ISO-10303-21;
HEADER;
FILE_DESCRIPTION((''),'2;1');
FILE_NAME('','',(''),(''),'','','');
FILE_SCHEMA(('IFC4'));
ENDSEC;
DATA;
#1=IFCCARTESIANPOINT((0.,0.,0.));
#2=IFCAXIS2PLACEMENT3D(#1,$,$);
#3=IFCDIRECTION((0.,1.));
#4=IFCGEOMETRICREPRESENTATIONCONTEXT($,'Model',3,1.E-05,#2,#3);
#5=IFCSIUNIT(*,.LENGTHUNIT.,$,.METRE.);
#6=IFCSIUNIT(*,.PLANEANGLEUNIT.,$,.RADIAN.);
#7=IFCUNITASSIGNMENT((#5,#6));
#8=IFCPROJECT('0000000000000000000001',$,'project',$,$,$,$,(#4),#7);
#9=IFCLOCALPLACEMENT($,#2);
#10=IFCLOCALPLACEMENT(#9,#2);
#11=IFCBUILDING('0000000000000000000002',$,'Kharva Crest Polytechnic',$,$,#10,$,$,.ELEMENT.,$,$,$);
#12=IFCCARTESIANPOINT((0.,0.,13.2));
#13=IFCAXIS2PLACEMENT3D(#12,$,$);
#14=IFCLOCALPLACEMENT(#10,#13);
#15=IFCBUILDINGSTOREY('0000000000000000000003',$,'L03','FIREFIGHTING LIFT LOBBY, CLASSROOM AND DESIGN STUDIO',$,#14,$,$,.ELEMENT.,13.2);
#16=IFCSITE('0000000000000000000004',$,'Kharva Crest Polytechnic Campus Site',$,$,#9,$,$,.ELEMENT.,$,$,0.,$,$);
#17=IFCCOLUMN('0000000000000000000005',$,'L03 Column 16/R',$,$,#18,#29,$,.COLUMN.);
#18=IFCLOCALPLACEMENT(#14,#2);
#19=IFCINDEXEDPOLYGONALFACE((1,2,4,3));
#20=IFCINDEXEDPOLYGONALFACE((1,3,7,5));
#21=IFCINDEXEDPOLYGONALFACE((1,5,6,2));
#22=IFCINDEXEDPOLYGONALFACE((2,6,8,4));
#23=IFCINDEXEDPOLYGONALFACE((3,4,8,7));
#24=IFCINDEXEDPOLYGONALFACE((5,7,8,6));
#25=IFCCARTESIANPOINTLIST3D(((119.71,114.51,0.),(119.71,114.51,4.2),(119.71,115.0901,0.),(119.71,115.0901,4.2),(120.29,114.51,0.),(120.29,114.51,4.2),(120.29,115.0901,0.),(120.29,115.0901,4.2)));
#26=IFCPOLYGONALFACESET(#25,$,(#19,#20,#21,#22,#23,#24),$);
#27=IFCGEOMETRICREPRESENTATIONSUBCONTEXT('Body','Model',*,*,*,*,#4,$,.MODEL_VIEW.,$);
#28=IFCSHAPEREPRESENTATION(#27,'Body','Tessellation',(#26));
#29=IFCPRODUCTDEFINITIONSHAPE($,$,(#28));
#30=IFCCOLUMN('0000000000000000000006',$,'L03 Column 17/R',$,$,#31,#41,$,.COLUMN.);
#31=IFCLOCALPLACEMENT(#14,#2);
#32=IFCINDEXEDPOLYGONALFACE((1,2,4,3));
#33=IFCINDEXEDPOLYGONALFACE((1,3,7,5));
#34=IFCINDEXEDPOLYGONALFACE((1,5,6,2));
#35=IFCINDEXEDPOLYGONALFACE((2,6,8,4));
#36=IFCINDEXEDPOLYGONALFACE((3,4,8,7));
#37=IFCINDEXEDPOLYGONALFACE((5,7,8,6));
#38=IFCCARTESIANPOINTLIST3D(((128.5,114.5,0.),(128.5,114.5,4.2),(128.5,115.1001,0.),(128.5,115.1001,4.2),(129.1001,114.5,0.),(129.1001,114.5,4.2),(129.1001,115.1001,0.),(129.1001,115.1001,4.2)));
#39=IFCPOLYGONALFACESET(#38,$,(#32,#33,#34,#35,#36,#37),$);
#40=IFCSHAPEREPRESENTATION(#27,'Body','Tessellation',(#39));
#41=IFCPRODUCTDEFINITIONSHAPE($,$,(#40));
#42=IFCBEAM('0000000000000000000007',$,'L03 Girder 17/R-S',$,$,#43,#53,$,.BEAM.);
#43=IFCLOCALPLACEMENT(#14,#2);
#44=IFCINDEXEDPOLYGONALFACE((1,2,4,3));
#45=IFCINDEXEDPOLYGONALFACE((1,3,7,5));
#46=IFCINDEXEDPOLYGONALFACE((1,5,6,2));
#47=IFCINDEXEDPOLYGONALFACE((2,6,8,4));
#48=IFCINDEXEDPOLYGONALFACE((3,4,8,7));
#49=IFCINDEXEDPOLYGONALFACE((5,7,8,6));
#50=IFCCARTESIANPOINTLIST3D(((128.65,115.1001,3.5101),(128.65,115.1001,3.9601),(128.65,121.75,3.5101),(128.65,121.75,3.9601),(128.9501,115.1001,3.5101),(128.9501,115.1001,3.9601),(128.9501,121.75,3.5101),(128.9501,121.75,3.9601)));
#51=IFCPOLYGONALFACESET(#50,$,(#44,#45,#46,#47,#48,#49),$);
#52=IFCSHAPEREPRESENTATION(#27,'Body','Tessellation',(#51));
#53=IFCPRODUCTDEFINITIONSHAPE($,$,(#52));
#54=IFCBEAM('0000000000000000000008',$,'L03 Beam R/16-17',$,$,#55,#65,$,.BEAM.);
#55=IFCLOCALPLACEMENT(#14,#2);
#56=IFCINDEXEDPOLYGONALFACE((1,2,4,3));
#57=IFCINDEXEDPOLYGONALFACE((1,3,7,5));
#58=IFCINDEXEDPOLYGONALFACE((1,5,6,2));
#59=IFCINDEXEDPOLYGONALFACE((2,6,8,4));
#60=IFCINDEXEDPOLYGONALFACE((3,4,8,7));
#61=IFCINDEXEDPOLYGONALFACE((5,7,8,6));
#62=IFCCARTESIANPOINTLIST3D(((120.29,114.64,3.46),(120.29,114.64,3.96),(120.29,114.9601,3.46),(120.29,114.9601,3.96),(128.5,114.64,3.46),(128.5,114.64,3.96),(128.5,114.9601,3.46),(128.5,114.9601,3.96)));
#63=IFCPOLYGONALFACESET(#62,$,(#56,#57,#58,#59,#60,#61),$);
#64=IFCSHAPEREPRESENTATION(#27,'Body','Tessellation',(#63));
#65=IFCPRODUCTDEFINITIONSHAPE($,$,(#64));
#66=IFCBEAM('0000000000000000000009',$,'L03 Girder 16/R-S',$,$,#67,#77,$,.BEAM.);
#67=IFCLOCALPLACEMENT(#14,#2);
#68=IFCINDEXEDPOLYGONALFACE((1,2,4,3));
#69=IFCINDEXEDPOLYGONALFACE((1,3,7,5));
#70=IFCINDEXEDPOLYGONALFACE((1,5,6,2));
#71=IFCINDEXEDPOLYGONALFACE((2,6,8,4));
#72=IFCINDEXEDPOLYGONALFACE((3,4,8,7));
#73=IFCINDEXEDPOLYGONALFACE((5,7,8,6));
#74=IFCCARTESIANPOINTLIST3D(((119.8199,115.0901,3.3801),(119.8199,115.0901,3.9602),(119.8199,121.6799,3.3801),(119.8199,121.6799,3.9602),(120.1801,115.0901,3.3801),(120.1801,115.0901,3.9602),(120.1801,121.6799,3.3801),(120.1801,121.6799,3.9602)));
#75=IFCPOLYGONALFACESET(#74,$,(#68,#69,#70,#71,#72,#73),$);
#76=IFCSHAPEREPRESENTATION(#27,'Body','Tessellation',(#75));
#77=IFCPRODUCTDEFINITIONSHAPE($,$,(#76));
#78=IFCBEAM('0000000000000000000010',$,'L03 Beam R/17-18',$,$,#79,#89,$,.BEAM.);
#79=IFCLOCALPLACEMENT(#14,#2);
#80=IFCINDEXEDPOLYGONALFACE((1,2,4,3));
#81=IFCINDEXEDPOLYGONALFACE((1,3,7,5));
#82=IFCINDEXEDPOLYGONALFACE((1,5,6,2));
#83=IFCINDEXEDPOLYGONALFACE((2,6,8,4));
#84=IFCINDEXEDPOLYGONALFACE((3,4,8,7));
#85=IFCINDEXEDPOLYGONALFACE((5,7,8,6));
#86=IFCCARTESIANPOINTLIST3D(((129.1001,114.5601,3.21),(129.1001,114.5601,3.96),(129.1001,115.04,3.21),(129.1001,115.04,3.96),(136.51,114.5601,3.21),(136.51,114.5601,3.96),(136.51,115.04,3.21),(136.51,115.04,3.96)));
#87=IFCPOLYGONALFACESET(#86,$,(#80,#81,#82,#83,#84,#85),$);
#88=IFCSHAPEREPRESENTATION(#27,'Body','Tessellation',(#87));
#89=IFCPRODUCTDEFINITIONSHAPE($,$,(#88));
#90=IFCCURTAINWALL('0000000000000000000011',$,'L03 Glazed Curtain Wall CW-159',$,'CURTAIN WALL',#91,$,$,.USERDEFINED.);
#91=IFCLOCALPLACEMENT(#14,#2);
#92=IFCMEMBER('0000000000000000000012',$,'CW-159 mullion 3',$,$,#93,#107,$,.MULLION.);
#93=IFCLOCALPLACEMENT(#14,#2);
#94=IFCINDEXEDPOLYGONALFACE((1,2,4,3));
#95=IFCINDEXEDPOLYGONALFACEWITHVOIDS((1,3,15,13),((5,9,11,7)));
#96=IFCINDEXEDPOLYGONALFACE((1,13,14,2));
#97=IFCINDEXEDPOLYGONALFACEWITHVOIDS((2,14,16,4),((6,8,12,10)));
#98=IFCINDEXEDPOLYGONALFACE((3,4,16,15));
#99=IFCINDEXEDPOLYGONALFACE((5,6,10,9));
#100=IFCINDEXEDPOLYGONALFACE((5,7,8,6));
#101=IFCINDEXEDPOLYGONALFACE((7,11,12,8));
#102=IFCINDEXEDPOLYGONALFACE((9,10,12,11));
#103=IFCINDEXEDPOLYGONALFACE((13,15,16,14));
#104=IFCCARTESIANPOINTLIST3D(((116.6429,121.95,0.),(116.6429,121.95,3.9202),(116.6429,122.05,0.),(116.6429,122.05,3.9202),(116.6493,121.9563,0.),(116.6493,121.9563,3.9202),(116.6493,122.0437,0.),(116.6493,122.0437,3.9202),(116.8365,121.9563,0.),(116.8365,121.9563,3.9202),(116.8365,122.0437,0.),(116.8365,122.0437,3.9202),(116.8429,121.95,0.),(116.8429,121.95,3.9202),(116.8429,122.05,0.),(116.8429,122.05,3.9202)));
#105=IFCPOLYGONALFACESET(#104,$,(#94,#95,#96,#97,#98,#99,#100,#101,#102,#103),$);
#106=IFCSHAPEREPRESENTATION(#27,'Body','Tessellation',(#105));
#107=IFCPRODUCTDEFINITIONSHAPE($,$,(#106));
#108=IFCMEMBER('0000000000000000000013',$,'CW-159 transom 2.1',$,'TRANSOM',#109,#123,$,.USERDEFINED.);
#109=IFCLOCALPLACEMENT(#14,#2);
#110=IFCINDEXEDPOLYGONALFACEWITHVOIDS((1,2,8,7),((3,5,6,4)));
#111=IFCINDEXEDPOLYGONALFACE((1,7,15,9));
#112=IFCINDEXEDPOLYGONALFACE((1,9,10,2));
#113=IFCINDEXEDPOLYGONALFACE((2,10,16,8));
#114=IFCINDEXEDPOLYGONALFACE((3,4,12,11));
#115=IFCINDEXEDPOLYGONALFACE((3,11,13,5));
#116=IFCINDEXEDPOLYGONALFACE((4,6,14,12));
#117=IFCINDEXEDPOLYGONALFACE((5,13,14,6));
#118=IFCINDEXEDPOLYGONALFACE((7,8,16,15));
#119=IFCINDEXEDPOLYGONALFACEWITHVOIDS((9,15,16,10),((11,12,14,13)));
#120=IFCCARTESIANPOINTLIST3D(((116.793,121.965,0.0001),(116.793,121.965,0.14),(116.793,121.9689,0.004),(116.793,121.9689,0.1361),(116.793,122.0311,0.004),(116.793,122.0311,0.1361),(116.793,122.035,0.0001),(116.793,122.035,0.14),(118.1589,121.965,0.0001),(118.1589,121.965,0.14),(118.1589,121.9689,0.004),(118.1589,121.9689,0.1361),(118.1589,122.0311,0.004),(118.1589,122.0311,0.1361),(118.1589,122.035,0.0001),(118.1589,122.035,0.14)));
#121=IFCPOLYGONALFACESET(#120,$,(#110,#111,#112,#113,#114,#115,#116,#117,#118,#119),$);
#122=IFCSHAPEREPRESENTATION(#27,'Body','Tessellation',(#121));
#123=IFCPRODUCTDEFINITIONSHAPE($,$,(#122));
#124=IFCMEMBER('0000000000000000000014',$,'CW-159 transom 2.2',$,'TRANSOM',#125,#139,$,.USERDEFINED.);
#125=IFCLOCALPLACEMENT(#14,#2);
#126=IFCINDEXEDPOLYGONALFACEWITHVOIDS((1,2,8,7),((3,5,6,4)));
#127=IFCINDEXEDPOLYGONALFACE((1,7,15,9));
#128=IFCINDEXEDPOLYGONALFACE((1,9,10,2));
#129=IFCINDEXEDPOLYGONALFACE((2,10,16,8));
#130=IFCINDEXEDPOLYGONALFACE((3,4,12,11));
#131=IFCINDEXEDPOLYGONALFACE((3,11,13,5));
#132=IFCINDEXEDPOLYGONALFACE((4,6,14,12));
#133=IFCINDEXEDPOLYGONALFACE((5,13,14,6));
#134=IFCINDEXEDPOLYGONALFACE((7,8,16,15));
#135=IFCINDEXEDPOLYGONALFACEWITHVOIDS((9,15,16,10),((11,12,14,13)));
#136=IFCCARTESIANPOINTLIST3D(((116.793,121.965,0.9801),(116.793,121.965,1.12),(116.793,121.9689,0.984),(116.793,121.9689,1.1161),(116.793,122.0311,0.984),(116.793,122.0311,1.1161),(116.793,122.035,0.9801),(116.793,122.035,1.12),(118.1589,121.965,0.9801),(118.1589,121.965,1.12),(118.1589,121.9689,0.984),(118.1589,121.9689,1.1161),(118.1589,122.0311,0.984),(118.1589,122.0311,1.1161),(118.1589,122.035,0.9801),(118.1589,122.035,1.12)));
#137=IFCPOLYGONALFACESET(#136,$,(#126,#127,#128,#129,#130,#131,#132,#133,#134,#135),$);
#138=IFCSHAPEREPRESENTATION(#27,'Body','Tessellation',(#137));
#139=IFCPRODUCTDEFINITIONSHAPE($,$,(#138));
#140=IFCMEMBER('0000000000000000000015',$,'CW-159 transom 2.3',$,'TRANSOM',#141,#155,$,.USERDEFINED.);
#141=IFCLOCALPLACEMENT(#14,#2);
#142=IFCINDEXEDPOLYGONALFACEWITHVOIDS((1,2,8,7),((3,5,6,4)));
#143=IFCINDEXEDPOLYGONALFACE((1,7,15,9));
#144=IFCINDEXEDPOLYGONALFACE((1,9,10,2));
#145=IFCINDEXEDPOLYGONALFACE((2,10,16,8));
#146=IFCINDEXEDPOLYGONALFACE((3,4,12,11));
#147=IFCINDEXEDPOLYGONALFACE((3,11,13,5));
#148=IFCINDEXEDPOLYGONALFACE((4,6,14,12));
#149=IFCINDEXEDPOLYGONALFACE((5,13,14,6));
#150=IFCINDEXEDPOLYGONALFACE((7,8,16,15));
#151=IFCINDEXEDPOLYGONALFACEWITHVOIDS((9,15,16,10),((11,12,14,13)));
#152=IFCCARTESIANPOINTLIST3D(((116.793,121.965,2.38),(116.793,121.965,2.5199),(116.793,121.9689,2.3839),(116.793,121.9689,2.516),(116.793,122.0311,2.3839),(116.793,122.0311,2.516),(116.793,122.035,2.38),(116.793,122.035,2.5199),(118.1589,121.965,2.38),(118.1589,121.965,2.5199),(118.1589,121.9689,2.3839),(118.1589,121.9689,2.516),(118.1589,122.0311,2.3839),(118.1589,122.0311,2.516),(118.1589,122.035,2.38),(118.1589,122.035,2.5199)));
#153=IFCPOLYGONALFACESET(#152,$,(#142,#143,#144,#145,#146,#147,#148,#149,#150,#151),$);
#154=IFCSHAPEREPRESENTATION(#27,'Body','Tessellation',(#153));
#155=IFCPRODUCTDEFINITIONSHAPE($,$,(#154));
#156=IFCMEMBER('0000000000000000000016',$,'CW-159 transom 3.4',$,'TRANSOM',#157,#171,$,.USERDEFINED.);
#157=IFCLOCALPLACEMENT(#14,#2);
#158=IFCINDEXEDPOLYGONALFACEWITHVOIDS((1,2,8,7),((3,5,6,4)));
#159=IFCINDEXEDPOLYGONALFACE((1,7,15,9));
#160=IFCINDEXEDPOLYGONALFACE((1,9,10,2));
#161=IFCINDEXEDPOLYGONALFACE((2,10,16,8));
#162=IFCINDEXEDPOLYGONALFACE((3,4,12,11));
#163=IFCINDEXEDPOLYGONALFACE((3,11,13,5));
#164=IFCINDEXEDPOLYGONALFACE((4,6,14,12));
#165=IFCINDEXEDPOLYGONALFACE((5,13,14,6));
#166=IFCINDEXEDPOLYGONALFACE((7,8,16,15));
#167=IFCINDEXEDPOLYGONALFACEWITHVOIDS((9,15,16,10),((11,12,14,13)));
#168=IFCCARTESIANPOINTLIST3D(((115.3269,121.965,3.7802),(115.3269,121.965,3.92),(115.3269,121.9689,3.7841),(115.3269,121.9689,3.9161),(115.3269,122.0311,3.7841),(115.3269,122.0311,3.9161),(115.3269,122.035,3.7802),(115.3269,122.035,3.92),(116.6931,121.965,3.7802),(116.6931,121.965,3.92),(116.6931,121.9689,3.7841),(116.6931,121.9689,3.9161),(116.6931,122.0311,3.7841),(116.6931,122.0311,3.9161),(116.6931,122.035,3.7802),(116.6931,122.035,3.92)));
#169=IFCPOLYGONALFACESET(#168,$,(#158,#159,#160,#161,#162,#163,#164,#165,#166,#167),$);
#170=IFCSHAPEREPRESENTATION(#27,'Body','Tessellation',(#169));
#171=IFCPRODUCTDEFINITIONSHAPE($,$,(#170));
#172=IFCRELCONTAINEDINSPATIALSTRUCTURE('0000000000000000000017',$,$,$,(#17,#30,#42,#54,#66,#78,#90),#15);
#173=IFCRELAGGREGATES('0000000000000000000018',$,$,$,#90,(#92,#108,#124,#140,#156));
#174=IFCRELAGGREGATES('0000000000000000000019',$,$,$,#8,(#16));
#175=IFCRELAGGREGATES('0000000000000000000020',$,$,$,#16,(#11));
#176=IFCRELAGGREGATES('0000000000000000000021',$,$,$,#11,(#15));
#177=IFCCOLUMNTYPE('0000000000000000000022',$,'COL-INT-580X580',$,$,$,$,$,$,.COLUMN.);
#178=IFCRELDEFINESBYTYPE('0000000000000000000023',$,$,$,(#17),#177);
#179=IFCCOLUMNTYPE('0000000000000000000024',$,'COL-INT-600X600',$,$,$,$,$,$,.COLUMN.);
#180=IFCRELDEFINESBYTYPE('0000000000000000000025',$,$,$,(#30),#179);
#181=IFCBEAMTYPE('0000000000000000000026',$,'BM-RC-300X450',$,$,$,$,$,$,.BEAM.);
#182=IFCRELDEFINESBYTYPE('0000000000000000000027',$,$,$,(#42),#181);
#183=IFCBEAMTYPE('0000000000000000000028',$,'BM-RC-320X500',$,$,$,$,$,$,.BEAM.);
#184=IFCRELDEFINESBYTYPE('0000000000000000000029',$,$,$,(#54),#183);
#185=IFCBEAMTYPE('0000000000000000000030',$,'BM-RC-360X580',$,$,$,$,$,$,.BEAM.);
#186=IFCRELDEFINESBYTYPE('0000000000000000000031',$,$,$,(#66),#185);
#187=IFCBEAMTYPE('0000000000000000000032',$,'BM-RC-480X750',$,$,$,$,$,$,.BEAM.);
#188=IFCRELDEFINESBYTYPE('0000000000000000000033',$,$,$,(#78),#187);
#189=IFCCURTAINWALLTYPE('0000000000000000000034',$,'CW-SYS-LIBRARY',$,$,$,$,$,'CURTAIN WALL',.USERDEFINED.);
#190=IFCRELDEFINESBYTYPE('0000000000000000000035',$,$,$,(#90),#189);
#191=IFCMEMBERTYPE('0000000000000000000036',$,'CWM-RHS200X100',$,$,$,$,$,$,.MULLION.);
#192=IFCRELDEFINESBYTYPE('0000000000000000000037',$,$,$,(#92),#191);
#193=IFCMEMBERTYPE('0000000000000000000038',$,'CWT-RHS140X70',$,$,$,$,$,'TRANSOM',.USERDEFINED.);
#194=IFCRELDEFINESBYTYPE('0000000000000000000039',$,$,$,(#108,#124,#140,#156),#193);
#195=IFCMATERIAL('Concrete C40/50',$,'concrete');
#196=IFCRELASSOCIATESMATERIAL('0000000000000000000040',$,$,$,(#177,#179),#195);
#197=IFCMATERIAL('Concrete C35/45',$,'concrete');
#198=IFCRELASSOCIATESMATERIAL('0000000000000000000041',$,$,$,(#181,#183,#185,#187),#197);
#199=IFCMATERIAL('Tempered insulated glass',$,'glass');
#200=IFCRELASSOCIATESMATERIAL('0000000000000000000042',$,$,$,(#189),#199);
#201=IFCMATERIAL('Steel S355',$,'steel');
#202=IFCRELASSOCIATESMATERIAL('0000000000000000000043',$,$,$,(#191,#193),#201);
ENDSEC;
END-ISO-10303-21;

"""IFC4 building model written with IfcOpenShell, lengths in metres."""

from ifc_helpers import new_model, si_unit, direction, frame, origin, origin_2d, place, context, subcontext, project, spatial, rectangle, hollow_rectangle, extrude, material, material_profile, profile_set, type_object, element, aggregate, save


model = new_model("IFC4")

# Units and contexts
model_context = context("Model", 3, precision=1e-05, world=origin(), true_north=direction((0.0, 1.0)))
body_context = subcontext(model_context, "Body", "Model", "MODEL_VIEW")
ifc_project = project(units=[si_unit("LENGTHUNIT", "METRE"), si_unit("PLANEANGLEUNIT", "RADIAN")], contexts=[model_context])

# Site, building, storey
site_placement = place(None, origin())
site = spatial("IfcSite", under=ifc_project, at=site_placement, Name="Kharva Crest Polytechnic Campus Site", CompositionType="ELEMENT", RefElevation=0.0)
building_placement = place(site_placement, origin())
building = spatial("IfcBuilding", under=site, at=building_placement, Name="Kharva Crest Polytechnic", CompositionType="ELEMENT")
storey_placement = place(building_placement, frame((0.0, 0.0, 13.2)))
storey = spatial("IfcBuildingStorey", under=building, at=storey_placement, Name="L03", Description="FIREFIGHTING LIFT LOBBY, CLASSROOM AND DESIGN STUDIO", CompositionType="ELEMENT", Elevation=13.2)

# Columns
ifc_material_1 = material(Name="Concrete C40/50", Category="concrete")
ifc_material_profile_1 = material_profile(ifc_material_1, rectangle(XDim=0.5801, YDim=0.5801, at=origin_2d()), Name="RECT 580 X 580")
ifc_profile_set_1 = profile_set([ifc_material_profile_1], Name="Concrete C40/50")
column_type_1 = type_object("IfcColumnType", Name="COL-INT-580X580", PredefinedType="COLUMN", material=ifc_profile_set_1)
column_1_placement = place(storey_placement, frame((120.0, 114.8, 0.0), z_axis=(0.0, 0.0, 1.0), x_axis=(1.0, 0.0, 0.0)))
element("IfcColumn", 1, at=column_1_placement, inside=storey, type_object=column_type_1, Name="L03 Column 16/R", PredefinedType="COLUMN", context=body_context, shape_type="SweptSolid", body=[
    extrude(rectangle(XDim=0.5801, YDim=0.5801, at=origin_2d()), origin(), (0.0, 0.0, 1.0), 4.2),
])
ifc_material_profile_2 = material_profile(ifc_material_1, rectangle(XDim=0.6001, YDim=0.6001, at=origin_2d()), Name="RECT 600 X 600")
ifc_profile_set_2 = profile_set([ifc_material_profile_2], Name="Concrete C40/50")
column_type_2 = type_object("IfcColumnType", Name="COL-INT-600X600", PredefinedType="COLUMN", material=ifc_profile_set_2)
column_2_placement = place(storey_placement, frame((128.8, 114.8, 0.0), z_axis=(0.0, 0.0, 1.0), x_axis=(1.0, 0.0, 0.0)))
element("IfcColumn", 2, at=column_2_placement, inside=storey, type_object=column_type_2, Name="L03 Column 17/R", PredefinedType="COLUMN", context=body_context, shape_type="SweptSolid", body=[
    extrude(rectangle(XDim=0.6001, YDim=0.6001, at=origin_2d()), origin(), (0.0, 0.0, 1.0), 4.2),
])

# Beams
ifc_material_2 = material(Name="Concrete C35/45", Category="concrete")
ifc_material_profile_3 = material_profile(ifc_material_2, rectangle(XDim=0.3, YDim=0.45, at=origin_2d()), Name="RECT 300 X 450")
ifc_profile_set_3 = profile_set([ifc_material_profile_3], Name="Concrete C35/45")
beam_type_1 = type_object("IfcBeamType", Name="BM-RC-300X450", PredefinedType="BEAM", material=ifc_profile_set_3)
beam_1_placement = place(storey_placement, frame((128.8, 115.1001, 3.7351), z_axis=(0.0, 1.0, 0.0), x_axis=(-1.0, 0.0, 0.0)))
element("IfcBeam", 3, at=beam_1_placement, inside=storey, type_object=beam_type_1, Name="L03 Girder 17/R-S", PredefinedType="BEAM", context=body_context, shape_type="SweptSolid", body=[
    extrude(rectangle(XDim=0.3, YDim=0.45, at=origin_2d()), origin(), (0.0, 0.0, 1.0), 6.6499),
])
ifc_material_profile_4 = material_profile(ifc_material_2, rectangle(XDim=0.3201, YDim=0.5, at=origin_2d()), Name="RECT 320 X 500")
ifc_profile_set_4 = profile_set([ifc_material_profile_4], Name="Concrete C35/45")
beam_type_2 = type_object("IfcBeamType", Name="BM-RC-320X500", PredefinedType="BEAM", material=ifc_profile_set_4)
beam_2_placement = place(storey_placement, frame((120.29, 114.8, 3.71), z_axis=(1.0, 0.0, 0.0), x_axis=(0.0, 1.0, 0.0)))
element("IfcBeam", 4, at=beam_2_placement, inside=storey, type_object=beam_type_2, Name="L03 Beam R/16-17", PredefinedType="BEAM", context=body_context, shape_type="SweptSolid", body=[
    extrude(rectangle(XDim=0.3201, YDim=0.5, at=origin_2d()), origin(), (0.0, 0.0, 1.0), 8.21),
])
ifc_material_profile_5 = material_profile(ifc_material_2, rectangle(XDim=0.3601, YDim=0.5801, at=origin_2d()), Name="RECT 360 X 580")
ifc_profile_set_5 = profile_set([ifc_material_profile_5], Name="Concrete C35/45")
beam_type_3 = type_object("IfcBeamType", Name="BM-RC-360X580", PredefinedType="BEAM", material=ifc_profile_set_5)
beam_3_placement = place(storey_placement, frame((120.0, 115.0901, 3.6702), z_axis=(0.0, 1.0, 0.0), x_axis=(-1.0, 0.0, 0.0)))
element("IfcBeam", 5, at=beam_3_placement, inside=storey, type_object=beam_type_3, Name="L03 Girder 16/R-S", PredefinedType="BEAM", context=body_context, shape_type="SweptSolid", body=[
    extrude(rectangle(XDim=0.3601, YDim=0.5801, at=origin_2d()), origin(), (0.0, 0.0, 1.0), 6.5898),
])
ifc_material_profile_6 = material_profile(ifc_material_2, rectangle(XDim=0.48, YDim=0.75, at=origin_2d()), Name="RECT 480 X 750")
ifc_profile_set_6 = profile_set([ifc_material_profile_6], Name="Concrete C35/45")
beam_type_4 = type_object("IfcBeamType", Name="BM-RC-480X750", PredefinedType="BEAM", material=ifc_profile_set_6)
beam_4_placement = place(storey_placement, frame((129.1001, 114.8, 3.585), z_axis=(1.0, 0.0, 0.0), x_axis=(0.0, 1.0, 0.0)))
element("IfcBeam", 6, at=beam_4_placement, inside=storey, type_object=beam_type_4, Name="L03 Beam R/17-18", PredefinedType="BEAM", context=body_context, shape_type="SweptSolid", body=[
    extrude(rectangle(XDim=0.48, YDim=0.75, at=origin_2d()), origin(), (0.0, 0.0, 1.0), 7.4099),
])

# Curtain wall, members
ifc_material_3 = material(Name="Tempered insulated glass", Category="glass")
curtain_wall_type = type_object("IfcCurtainWallType", Name="CW-SYS-LIBRARY", ElementType="CURTAIN WALL", PredefinedType="USERDEFINED", material=ifc_material_3)
curtain_wall_placement = place(storey_placement, origin())
curtain_wall = element("IfcCurtainWall", 7, at=curtain_wall_placement, inside=storey, type_object=curtain_wall_type, Name="L03 Glazed Curtain Wall CW-159", ObjectType="CURTAIN WALL", PredefinedType="USERDEFINED")
ifc_material_4 = material(Name="Steel S355", Category="steel")
ifc_material_profile_7 = material_profile(ifc_material_4, hollow_rectangle(XDim=0.1001, YDim=0.2, WallThickness=0.0063, at=origin_2d()), Name="RHS 200X100X6.3")
ifc_profile_set_7 = profile_set([ifc_material_profile_7], Name="Steel S355")
member_type_1 = type_object("IfcMemberType", Name="CWM-RHS200X100", PredefinedType="MULLION", material=ifc_profile_set_7)
member_1_placement = place(storey_placement, frame((116.7429, 122.0, 0.0), z_axis=(0.0, 0.0, 1.0), x_axis=(0.0, -1.0, 0.0)))
member_1 = element("IfcMember", 8, at=member_1_placement, type_object=member_type_1, Name="CW-159 mullion 3", PredefinedType="MULLION", context=body_context, shape_type="SweptSolid", body=[
    extrude(hollow_rectangle(XDim=0.1001, YDim=0.2, WallThickness=0.0063, at=origin_2d()), origin(), (0.0, 0.0, 1.0), 3.9202),
])
ifc_material_profile_8 = material_profile(ifc_material_4, hollow_rectangle(XDim=0.0701, YDim=0.1399, WallThickness=0.0039, at=origin_2d()), Name="RHS 140X70X4.0")
ifc_profile_set_8 = profile_set([ifc_material_profile_8], Name="Steel S355")
member_type_2 = type_object("IfcMemberType", Name="CWT-RHS140X70", ElementType="TRANSOM", PredefinedType="USERDEFINED", material=ifc_profile_set_8)
member_2_placement = place(storey_placement, frame((118.1589, 122.0, 0.0701), z_axis=(-1.0, 0.0, 0.0), x_axis=(0.0, -1.0, 0.0)))
member_2 = element("IfcMember", 9, at=member_2_placement, type_object=member_type_2, Name="CW-159 transom 2.1", ObjectType="TRANSOM", PredefinedType="USERDEFINED", context=body_context, shape_type="SweptSolid", body=[
    extrude(hollow_rectangle(XDim=0.0701, YDim=0.1399, WallThickness=0.0039, at=origin_2d()), origin(), (0.0, 0.0, 1.0), 1.366),
])
member_3_placement = place(storey_placement, frame((118.1589, 122.0, 1.05), z_axis=(-1.0, 0.0, 0.0), x_axis=(0.0, -1.0, 0.0)))
member_3 = element("IfcMember", 10, at=member_3_placement, type_object=member_type_2, Name="CW-159 transom 2.2", ObjectType="TRANSOM", PredefinedType="USERDEFINED", context=body_context, shape_type="SweptSolid", body=[
    extrude(hollow_rectangle(XDim=0.0701, YDim=0.1399, WallThickness=0.0039, at=origin_2d()), origin(), (0.0, 0.0, 1.0), 1.366),
])
member_4_placement = place(storey_placement, frame((118.1589, 122.0, 2.45), z_axis=(-1.0, 0.0, 0.0), x_axis=(0.0, -1.0, 0.0)))
member_4 = element("IfcMember", 11, at=member_4_placement, type_object=member_type_2, Name="CW-159 transom 2.3", ObjectType="TRANSOM", PredefinedType="USERDEFINED", context=body_context, shape_type="SweptSolid", body=[
    extrude(hollow_rectangle(XDim=0.0701, YDim=0.1399, WallThickness=0.0039, at=origin_2d()), origin(), (0.0, 0.0, 1.0), 1.366),
])
member_5_placement = place(storey_placement, frame((116.6931, 122.0, 3.8501), z_axis=(-1.0, 0.0, 0.0), x_axis=(0.0, -1.0, 0.0)))
member_5 = element("IfcMember", 12, at=member_5_placement, type_object=member_type_2, Name="CW-159 transom 3.4", ObjectType="TRANSOM", PredefinedType="USERDEFINED", context=body_context, shape_type="SweptSolid", body=[
    extrude(hollow_rectangle(XDim=0.0701, YDim=0.1399, WallThickness=0.0039, at=origin_2d()), origin(), (0.0, 0.0, 1.0), 1.3662),
])

aggregate(curtain_wall, [member_1, member_2, member_3, member_4, member_5])

save(model, "model.ifc")
